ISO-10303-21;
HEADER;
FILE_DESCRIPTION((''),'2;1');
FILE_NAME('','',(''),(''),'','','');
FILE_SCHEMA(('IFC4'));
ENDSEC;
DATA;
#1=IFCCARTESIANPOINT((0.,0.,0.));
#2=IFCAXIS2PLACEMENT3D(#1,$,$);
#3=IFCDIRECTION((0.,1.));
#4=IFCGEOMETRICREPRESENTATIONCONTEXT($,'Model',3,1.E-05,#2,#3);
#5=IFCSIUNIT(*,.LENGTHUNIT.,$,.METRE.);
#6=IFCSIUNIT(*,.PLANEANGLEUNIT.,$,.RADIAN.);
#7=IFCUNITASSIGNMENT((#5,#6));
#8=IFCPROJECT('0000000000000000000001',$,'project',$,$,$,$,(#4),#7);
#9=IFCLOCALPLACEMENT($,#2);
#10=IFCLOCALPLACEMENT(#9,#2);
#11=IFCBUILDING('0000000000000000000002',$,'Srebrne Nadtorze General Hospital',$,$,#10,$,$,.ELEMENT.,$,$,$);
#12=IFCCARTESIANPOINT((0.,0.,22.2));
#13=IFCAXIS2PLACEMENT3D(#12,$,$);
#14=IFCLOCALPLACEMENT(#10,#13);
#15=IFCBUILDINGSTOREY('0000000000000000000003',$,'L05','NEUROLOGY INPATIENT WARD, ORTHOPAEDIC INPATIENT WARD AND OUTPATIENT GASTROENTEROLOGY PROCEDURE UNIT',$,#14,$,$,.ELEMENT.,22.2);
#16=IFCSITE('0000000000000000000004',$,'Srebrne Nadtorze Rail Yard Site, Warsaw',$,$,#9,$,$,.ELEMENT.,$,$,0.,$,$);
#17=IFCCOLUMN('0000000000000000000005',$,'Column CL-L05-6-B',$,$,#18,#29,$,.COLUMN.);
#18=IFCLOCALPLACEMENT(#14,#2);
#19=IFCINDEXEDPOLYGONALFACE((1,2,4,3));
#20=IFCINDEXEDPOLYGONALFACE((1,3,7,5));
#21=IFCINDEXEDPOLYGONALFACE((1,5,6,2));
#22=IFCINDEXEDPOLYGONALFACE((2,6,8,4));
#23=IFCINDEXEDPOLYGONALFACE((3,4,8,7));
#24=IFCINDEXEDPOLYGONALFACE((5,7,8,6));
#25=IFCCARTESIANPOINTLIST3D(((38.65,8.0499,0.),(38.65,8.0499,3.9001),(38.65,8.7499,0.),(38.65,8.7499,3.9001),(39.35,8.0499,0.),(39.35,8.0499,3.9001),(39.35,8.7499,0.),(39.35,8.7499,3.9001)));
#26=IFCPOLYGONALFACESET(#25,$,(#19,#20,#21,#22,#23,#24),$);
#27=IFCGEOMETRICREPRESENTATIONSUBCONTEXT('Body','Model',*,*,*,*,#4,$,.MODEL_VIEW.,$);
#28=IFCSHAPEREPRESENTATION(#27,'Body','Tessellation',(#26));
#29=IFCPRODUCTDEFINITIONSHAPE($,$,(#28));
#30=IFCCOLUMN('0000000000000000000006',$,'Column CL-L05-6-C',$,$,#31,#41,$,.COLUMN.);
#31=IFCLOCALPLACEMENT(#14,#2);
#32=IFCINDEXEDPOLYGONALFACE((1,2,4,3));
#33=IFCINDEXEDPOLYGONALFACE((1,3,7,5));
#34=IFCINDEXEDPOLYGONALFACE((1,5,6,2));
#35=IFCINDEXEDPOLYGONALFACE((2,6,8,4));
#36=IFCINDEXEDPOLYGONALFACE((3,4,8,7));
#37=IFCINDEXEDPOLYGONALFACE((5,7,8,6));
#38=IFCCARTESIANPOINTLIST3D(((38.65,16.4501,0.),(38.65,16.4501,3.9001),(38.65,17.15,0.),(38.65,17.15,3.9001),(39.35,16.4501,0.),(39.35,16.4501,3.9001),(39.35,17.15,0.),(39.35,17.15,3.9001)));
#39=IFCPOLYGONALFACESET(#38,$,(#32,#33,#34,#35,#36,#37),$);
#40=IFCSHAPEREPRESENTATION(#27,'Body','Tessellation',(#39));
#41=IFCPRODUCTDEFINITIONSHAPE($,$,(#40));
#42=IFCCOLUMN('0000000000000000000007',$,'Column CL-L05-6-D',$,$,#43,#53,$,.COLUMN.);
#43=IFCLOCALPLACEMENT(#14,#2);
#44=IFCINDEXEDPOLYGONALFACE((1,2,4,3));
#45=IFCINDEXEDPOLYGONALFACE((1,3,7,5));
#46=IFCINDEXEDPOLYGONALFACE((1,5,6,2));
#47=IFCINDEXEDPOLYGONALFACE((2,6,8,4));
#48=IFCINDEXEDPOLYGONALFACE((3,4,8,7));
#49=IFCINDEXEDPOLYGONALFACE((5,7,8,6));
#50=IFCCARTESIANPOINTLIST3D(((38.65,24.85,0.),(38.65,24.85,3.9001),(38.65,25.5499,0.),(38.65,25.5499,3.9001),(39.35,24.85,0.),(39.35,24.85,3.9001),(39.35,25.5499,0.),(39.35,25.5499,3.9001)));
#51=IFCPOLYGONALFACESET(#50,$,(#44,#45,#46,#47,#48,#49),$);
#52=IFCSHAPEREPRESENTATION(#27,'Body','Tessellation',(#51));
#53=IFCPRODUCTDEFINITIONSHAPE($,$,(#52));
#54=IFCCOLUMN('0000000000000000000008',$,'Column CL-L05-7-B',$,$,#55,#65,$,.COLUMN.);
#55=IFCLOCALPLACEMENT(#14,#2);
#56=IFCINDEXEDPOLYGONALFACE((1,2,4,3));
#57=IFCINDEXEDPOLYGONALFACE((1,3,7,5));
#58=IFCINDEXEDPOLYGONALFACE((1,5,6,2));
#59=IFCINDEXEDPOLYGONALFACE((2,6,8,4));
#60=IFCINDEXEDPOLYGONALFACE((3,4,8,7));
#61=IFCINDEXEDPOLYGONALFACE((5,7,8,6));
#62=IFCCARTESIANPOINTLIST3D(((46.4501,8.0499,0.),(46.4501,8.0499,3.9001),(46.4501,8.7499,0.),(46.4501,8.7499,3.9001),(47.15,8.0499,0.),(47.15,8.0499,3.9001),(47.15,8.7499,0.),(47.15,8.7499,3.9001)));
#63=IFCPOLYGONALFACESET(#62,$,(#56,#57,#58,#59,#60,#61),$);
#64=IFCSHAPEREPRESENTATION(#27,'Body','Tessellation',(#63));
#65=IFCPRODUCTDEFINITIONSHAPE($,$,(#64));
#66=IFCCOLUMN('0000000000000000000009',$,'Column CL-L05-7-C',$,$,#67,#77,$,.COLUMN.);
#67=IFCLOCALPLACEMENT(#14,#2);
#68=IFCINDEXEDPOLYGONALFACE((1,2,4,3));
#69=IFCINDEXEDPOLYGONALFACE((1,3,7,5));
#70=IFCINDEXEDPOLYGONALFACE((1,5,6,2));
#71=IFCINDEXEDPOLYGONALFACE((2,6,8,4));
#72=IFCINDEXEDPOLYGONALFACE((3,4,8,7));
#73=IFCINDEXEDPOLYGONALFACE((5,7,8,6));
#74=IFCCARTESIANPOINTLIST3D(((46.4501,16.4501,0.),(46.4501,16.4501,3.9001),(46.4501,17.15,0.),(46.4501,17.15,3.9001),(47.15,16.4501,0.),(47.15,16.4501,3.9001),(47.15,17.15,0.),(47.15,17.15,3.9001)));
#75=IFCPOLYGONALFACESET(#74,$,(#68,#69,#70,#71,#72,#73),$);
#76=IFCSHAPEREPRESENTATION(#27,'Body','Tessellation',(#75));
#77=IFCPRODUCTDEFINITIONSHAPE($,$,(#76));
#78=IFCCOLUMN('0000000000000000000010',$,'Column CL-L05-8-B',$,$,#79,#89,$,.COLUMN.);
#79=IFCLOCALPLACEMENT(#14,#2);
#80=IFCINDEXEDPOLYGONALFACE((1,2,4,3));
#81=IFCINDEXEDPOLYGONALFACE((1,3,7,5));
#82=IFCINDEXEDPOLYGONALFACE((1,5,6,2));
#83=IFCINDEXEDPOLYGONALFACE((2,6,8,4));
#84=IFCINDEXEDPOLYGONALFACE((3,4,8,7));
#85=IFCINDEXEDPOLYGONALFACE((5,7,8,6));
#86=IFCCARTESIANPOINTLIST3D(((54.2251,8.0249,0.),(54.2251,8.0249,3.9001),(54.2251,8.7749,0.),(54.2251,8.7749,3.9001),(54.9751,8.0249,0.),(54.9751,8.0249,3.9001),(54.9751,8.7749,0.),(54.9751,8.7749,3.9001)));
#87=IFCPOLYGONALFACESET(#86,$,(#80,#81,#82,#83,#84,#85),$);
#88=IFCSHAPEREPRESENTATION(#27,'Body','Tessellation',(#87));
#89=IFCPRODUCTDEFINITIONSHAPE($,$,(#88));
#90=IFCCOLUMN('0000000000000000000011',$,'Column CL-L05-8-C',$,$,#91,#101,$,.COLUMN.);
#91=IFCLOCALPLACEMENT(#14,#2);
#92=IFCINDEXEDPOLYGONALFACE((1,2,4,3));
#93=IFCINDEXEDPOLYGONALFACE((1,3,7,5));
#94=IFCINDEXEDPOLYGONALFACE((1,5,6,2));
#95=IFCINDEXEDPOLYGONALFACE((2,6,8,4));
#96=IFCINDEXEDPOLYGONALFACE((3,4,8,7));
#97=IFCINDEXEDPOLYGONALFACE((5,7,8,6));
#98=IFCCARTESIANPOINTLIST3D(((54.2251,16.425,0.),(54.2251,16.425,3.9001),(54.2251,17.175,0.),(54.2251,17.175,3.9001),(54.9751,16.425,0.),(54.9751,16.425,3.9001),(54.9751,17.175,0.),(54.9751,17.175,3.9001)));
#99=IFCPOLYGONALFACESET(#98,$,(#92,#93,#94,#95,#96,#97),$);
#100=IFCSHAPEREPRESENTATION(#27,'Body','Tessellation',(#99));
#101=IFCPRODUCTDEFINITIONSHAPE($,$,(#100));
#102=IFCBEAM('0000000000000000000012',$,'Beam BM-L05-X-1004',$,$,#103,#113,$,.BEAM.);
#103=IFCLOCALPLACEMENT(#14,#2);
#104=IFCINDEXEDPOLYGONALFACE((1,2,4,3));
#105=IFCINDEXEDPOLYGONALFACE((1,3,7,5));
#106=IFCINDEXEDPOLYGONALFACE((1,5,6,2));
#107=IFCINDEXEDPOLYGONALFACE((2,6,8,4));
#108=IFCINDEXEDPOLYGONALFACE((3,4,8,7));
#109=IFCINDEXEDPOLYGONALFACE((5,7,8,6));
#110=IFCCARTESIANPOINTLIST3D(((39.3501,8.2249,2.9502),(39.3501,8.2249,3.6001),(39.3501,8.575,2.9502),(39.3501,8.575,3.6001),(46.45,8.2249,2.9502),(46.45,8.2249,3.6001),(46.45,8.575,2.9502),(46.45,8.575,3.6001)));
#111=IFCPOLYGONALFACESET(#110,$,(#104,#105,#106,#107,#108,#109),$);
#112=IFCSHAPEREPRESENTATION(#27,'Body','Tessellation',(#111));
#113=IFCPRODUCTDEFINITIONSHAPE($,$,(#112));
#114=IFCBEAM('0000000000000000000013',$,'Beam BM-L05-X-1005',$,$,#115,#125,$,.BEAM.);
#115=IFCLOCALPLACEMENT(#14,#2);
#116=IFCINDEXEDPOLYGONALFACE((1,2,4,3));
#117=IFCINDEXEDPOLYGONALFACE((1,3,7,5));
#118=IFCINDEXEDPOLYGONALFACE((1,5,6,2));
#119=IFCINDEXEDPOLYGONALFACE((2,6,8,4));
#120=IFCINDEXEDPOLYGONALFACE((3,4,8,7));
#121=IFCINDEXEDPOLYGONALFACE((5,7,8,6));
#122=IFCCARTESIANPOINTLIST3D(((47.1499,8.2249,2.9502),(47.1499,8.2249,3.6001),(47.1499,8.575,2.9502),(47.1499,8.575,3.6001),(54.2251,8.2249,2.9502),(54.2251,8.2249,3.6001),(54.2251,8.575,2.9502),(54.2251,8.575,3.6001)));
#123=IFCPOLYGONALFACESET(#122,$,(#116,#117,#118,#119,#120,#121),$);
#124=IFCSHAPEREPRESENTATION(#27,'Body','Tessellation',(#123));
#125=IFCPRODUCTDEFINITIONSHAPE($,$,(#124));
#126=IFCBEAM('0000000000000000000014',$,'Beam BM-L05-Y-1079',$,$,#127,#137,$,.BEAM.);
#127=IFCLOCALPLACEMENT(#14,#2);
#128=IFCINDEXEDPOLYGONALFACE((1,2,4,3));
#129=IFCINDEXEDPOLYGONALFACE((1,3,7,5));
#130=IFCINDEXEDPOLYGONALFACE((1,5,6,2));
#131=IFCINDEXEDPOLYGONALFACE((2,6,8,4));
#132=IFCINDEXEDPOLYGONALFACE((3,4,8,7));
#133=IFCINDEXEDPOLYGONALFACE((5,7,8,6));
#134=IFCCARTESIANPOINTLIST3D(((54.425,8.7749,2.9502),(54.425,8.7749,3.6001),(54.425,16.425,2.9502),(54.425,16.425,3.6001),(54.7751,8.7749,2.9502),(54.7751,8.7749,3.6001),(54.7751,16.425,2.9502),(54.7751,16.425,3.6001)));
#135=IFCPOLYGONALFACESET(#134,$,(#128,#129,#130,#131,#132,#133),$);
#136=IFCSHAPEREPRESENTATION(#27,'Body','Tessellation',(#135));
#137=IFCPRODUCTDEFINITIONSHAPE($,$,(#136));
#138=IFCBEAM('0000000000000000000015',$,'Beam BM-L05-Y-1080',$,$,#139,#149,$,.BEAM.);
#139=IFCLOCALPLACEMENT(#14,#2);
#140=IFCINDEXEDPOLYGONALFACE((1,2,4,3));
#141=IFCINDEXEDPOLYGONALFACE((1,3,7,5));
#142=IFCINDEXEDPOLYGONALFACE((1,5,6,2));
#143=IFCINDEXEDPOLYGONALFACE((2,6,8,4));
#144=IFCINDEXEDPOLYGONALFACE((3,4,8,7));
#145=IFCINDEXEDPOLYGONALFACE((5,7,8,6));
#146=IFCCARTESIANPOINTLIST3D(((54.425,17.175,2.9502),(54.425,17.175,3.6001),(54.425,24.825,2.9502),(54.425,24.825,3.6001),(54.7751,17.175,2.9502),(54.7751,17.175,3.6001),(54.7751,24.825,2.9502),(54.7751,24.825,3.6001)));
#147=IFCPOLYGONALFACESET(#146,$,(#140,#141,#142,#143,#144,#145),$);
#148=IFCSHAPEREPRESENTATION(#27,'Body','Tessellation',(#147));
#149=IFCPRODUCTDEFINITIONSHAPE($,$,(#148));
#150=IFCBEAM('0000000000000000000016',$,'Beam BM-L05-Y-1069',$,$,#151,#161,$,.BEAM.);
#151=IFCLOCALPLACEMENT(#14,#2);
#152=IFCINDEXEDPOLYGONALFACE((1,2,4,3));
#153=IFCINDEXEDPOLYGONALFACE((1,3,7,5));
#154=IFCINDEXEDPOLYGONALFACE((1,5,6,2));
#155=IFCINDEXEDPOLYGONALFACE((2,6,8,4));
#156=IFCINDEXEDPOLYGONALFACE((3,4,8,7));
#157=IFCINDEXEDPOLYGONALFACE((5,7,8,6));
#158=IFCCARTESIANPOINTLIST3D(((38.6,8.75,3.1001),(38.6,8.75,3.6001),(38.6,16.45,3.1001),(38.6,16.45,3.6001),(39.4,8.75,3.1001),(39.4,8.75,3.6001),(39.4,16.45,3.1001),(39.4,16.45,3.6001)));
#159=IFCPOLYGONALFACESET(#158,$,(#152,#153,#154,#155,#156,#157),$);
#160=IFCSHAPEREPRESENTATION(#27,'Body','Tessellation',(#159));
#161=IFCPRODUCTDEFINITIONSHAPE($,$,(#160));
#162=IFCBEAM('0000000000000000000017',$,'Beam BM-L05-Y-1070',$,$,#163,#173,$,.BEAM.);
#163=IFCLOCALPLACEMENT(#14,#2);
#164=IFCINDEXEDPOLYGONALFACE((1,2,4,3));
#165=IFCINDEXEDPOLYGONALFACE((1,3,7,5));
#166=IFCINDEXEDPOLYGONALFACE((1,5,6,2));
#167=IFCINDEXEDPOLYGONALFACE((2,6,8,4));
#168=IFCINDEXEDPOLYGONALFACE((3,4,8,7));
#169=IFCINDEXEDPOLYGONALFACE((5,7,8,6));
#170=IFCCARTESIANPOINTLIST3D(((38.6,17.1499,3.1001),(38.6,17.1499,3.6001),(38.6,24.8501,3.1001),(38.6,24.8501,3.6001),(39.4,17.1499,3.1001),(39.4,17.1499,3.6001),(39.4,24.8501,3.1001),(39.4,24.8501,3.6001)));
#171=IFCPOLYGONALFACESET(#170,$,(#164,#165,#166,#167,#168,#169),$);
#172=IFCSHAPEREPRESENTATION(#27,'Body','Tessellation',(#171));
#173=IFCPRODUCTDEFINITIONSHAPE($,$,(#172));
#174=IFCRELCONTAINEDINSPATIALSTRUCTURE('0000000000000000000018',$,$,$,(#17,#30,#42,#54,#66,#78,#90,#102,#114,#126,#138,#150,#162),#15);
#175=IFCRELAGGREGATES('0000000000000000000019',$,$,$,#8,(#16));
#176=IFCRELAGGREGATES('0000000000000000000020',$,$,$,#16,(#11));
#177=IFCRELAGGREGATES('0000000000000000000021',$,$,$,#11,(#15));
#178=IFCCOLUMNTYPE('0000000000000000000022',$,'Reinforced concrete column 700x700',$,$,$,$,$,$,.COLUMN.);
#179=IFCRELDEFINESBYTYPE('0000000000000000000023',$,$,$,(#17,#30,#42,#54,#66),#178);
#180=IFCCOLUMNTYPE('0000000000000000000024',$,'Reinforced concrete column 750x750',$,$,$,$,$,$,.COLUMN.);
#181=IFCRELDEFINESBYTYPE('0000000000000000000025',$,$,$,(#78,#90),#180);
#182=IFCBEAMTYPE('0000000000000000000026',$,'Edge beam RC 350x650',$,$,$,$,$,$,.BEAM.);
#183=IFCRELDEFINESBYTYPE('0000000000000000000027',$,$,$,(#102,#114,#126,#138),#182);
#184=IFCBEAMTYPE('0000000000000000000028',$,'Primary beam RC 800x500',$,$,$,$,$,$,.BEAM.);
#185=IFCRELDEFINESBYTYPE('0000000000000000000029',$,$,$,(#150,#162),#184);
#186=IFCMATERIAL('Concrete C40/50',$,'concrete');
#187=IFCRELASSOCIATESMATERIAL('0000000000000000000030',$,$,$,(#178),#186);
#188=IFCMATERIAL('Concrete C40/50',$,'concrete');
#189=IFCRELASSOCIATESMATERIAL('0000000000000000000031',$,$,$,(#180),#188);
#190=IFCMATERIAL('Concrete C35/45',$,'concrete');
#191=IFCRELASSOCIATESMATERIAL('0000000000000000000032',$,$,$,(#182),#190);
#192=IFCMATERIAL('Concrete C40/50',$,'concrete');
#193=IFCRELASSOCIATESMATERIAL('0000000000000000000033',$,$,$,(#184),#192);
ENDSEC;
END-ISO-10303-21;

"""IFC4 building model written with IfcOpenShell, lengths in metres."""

from ifc_helpers import new_model, si_unit, direction, frame, origin, origin_2d, place, context, subcontext, project, spatial, rectangle, extrude, material, material_profile, profile_set, type_object, element, save


model = new_model("IFC4")

# Units and contexts
model_context = context("Model", 3, precision=1e-05, world=origin(), true_north=direction((0.0, 1.0)))
body_context = subcontext(model_context, "Body", "Model", "MODEL_VIEW")
ifc_project = project(units=[si_unit("LENGTHUNIT", "METRE"), si_unit("PLANEANGLEUNIT", "RADIAN")], contexts=[model_context])

# Site, building, storey
site_placement = place(None, origin())
site = spatial("IfcSite", under=ifc_project, at=site_placement, Name="Srebrne Nadtorze Rail Yard Site, Warsaw", CompositionType="ELEMENT", RefElevation=0.0)
building_placement = place(site_placement, origin())
building = spatial("IfcBuilding", under=site, at=building_placement, Name="Srebrne Nadtorze General Hospital", CompositionType="ELEMENT")
storey_placement = place(building_placement, frame((0.0, 0.0, 22.2)))
storey = spatial("IfcBuildingStorey", under=building, at=storey_placement, Name="L05", Description="NEUROLOGY INPATIENT WARD, ORTHOPAEDIC INPATIENT WARD AND OUTPATIENT GASTROENTEROLOGY PROCEDURE UNIT", CompositionType="ELEMENT", Elevation=22.2)

# Columns
ifc_material_1 = material(Name="Concrete C40/50", Category="concrete")
ifc_material_profile_1 = material_profile(ifc_material_1, rectangle(XDim=0.7, YDim=0.7, at=origin_2d()), Name="RC-COL-700x700")
ifc_profile_set_1 = profile_set([ifc_material_profile_1], Name="Concrete C40/50")
column_type_1 = type_object("IfcColumnType", Name="Reinforced concrete column 700x700", PredefinedType="COLUMN", material=ifc_profile_set_1)
for number, where, z_axis, x_axis, name in (
    (1, (39.0, 8.3999, 0.0), (0.0, 0.0, 1.0), (1.0, 0.0, 0.0), "Column CL-L05-6-B"),
    (2, (39.0, 16.8, 0.0), (0.0, 0.0, 1.0), (1.0, 0.0, 0.0), "Column CL-L05-6-C"),
    (3, (39.0, 25.2, 0.0), (0.0, 0.0, 1.0), (1.0, 0.0, 0.0), "Column CL-L05-6-D"),
    (4, (46.8, 8.3999, 0.0), (0.0, 0.0, 1.0), (1.0, 0.0, 0.0), "Column CL-L05-7-B"),
    (5, (46.8, 16.8, 0.0), (0.0, 0.0, 1.0), (1.0, 0.0, 0.0), "Column CL-L05-7-C"),
):
    element("IfcColumn", number, at=place(storey_placement, frame(where, z_axis=z_axis, x_axis=x_axis)), inside=storey, type_object=column_type_1, Name=name, PredefinedType="COLUMN", context=body_context, shape_type="SweptSolid", body=[
        extrude(rectangle(XDim=0.7, YDim=0.7, at=origin_2d()), origin(), (0.0, 0.0, 1.0), 3.9001),
    ])
ifc_material_2 = material(Name="Concrete C40/50", Category="concrete")
ifc_material_profile_2 = material_profile(ifc_material_2, rectangle(XDim=0.75, YDim=0.75, at=origin_2d()), Name="RC-COL-750x750")
ifc_profile_set_2 = profile_set([ifc_material_profile_2], Name="Concrete C40/50")
column_type_2 = type_object("IfcColumnType", Name="Reinforced concrete column 750x750", PredefinedType="COLUMN", material=ifc_profile_set_2)
for number, where, z_axis, x_axis, name in (
    (6, (54.6001, 8.3999, 0.0), (0.0, 0.0, 1.0), (1.0, 0.0, 0.0), "Column CL-L05-8-B"),
    (7, (54.6001, 16.8, 0.0), (0.0, 0.0, 1.0), (1.0, 0.0, 0.0), "Column CL-L05-8-C"),
):
    element("IfcColumn", number, at=place(storey_placement, frame(where, z_axis=z_axis, x_axis=x_axis)), inside=storey, type_object=column_type_2, Name=name, PredefinedType="COLUMN", context=body_context, shape_type="SweptSolid", body=[
        extrude(rectangle(XDim=0.75, YDim=0.75, at=origin_2d()), origin(), (0.0, 0.0, 1.0), 3.9001),
    ])

# Beams
ifc_material_3 = material(Name="Concrete C35/45", Category="concrete")
ifc_material_profile_3 = material_profile(ifc_material_3, rectangle(XDim=0.3501, YDim=0.6499, at=origin_2d()), Name="RC-BM-350x650")
ifc_profile_set_3 = profile_set([ifc_material_profile_3], Name="Concrete C35/45")
beam_type_1 = type_object("IfcBeamType", Name="Edge beam RC 350x650", PredefinedType="BEAM", material=ifc_profile_set_3)
beam_1_placement = place(storey_placement, frame((39.3501, 8.3999, 3.2751), z_axis=(1.0, 0.0, 0.0), x_axis=(0.0, 1.0, 0.0)))
element("IfcBeam", 8, at=beam_1_placement, inside=storey, type_object=beam_type_1, Name="Beam BM-L05-X-1004", PredefinedType="BEAM", context=body_context, shape_type="SweptSolid", body=[
    extrude(rectangle(XDim=0.3501, YDim=0.6499, at=origin_2d()), origin(), (0.0, 0.0, 1.0), 7.0999),
])
beam_2_placement = place(storey_placement, frame((47.1499, 8.3999, 3.2751), z_axis=(1.0, 0.0, 0.0), x_axis=(0.0, 1.0, 0.0)))
element("IfcBeam", 9, at=beam_2_placement, inside=storey, type_object=beam_type_1, Name="Beam BM-L05-X-1005", PredefinedType="BEAM", context=body_context, shape_type="SweptSolid", body=[
    extrude(rectangle(XDim=0.3501, YDim=0.6499, at=origin_2d()), origin(), (0.0, 0.0, 1.0), 7.0752),
])
beam_3_placement = place(storey_placement, frame((54.6001, 8.7749, 3.2751), z_axis=(0.0, 1.0, 0.0), x_axis=(-1.0, 0.0, 0.0)))
element("IfcBeam", 10, at=beam_3_placement, inside=storey, type_object=beam_type_1, Name="Beam BM-L05-Y-1079", PredefinedType="BEAM", context=body_context, shape_type="SweptSolid", body=[
    extrude(rectangle(XDim=0.3501, YDim=0.6499, at=origin_2d()), origin(), (0.0, 0.0, 1.0), 7.6501),
])
beam_4_placement = place(storey_placement, frame((54.6001, 17.175, 3.2751), z_axis=(0.0, 1.0, 0.0), x_axis=(-1.0, 0.0, 0.0)))
element("IfcBeam", 11, at=beam_4_placement, inside=storey, type_object=beam_type_1, Name="Beam BM-L05-Y-1080", PredefinedType="BEAM", context=body_context, shape_type="SweptSolid", body=[
    extrude(rectangle(XDim=0.3501, YDim=0.6499, at=origin_2d()), origin(), (0.0, 0.0, 1.0), 7.6499),
])
ifc_material_4 = material(Name="Concrete C40/50", Category="concrete")
ifc_material_profile_4 = material_profile(ifc_material_4, rectangle(XDim=0.8, YDim=0.5, at=origin_2d()), Name="RC-BM-800x500")
ifc_profile_set_4 = profile_set([ifc_material_profile_4], Name="Concrete C40/50")
beam_type_2 = type_object("IfcBeamType", Name="Primary beam RC 800x500", PredefinedType="BEAM", material=ifc_profile_set_4)
beam_5_placement = place(storey_placement, frame((39.0, 8.75, 3.3501), z_axis=(0.0, 1.0, 0.0), x_axis=(-1.0, 0.0, 0.0)))
element("IfcBeam", 12, at=beam_5_placement, inside=storey, type_object=beam_type_2, Name="Beam BM-L05-Y-1069", PredefinedType="BEAM", context=body_context, shape_type="SweptSolid", body=[
    extrude(rectangle(XDim=0.8, YDim=0.5, at=origin_2d()), origin(), (0.0, 0.0, 1.0), 7.7),
])
beam_6_placement = place(storey_placement, frame((39.0, 17.1499, 3.3501), z_axis=(0.0, 1.0, 0.0), x_axis=(-1.0, 0.0, 0.0)))
element("IfcBeam", 13, at=beam_6_placement, inside=storey, type_object=beam_type_2, Name="Beam BM-L05-Y-1070", PredefinedType="BEAM", context=body_context, shape_type="SweptSolid", body=[
    extrude(rectangle(XDim=0.8, YDim=0.5, at=origin_2d()), origin(), (0.0, 0.0, 1.0), 7.7002),
])

save(model, "model.ifc")
